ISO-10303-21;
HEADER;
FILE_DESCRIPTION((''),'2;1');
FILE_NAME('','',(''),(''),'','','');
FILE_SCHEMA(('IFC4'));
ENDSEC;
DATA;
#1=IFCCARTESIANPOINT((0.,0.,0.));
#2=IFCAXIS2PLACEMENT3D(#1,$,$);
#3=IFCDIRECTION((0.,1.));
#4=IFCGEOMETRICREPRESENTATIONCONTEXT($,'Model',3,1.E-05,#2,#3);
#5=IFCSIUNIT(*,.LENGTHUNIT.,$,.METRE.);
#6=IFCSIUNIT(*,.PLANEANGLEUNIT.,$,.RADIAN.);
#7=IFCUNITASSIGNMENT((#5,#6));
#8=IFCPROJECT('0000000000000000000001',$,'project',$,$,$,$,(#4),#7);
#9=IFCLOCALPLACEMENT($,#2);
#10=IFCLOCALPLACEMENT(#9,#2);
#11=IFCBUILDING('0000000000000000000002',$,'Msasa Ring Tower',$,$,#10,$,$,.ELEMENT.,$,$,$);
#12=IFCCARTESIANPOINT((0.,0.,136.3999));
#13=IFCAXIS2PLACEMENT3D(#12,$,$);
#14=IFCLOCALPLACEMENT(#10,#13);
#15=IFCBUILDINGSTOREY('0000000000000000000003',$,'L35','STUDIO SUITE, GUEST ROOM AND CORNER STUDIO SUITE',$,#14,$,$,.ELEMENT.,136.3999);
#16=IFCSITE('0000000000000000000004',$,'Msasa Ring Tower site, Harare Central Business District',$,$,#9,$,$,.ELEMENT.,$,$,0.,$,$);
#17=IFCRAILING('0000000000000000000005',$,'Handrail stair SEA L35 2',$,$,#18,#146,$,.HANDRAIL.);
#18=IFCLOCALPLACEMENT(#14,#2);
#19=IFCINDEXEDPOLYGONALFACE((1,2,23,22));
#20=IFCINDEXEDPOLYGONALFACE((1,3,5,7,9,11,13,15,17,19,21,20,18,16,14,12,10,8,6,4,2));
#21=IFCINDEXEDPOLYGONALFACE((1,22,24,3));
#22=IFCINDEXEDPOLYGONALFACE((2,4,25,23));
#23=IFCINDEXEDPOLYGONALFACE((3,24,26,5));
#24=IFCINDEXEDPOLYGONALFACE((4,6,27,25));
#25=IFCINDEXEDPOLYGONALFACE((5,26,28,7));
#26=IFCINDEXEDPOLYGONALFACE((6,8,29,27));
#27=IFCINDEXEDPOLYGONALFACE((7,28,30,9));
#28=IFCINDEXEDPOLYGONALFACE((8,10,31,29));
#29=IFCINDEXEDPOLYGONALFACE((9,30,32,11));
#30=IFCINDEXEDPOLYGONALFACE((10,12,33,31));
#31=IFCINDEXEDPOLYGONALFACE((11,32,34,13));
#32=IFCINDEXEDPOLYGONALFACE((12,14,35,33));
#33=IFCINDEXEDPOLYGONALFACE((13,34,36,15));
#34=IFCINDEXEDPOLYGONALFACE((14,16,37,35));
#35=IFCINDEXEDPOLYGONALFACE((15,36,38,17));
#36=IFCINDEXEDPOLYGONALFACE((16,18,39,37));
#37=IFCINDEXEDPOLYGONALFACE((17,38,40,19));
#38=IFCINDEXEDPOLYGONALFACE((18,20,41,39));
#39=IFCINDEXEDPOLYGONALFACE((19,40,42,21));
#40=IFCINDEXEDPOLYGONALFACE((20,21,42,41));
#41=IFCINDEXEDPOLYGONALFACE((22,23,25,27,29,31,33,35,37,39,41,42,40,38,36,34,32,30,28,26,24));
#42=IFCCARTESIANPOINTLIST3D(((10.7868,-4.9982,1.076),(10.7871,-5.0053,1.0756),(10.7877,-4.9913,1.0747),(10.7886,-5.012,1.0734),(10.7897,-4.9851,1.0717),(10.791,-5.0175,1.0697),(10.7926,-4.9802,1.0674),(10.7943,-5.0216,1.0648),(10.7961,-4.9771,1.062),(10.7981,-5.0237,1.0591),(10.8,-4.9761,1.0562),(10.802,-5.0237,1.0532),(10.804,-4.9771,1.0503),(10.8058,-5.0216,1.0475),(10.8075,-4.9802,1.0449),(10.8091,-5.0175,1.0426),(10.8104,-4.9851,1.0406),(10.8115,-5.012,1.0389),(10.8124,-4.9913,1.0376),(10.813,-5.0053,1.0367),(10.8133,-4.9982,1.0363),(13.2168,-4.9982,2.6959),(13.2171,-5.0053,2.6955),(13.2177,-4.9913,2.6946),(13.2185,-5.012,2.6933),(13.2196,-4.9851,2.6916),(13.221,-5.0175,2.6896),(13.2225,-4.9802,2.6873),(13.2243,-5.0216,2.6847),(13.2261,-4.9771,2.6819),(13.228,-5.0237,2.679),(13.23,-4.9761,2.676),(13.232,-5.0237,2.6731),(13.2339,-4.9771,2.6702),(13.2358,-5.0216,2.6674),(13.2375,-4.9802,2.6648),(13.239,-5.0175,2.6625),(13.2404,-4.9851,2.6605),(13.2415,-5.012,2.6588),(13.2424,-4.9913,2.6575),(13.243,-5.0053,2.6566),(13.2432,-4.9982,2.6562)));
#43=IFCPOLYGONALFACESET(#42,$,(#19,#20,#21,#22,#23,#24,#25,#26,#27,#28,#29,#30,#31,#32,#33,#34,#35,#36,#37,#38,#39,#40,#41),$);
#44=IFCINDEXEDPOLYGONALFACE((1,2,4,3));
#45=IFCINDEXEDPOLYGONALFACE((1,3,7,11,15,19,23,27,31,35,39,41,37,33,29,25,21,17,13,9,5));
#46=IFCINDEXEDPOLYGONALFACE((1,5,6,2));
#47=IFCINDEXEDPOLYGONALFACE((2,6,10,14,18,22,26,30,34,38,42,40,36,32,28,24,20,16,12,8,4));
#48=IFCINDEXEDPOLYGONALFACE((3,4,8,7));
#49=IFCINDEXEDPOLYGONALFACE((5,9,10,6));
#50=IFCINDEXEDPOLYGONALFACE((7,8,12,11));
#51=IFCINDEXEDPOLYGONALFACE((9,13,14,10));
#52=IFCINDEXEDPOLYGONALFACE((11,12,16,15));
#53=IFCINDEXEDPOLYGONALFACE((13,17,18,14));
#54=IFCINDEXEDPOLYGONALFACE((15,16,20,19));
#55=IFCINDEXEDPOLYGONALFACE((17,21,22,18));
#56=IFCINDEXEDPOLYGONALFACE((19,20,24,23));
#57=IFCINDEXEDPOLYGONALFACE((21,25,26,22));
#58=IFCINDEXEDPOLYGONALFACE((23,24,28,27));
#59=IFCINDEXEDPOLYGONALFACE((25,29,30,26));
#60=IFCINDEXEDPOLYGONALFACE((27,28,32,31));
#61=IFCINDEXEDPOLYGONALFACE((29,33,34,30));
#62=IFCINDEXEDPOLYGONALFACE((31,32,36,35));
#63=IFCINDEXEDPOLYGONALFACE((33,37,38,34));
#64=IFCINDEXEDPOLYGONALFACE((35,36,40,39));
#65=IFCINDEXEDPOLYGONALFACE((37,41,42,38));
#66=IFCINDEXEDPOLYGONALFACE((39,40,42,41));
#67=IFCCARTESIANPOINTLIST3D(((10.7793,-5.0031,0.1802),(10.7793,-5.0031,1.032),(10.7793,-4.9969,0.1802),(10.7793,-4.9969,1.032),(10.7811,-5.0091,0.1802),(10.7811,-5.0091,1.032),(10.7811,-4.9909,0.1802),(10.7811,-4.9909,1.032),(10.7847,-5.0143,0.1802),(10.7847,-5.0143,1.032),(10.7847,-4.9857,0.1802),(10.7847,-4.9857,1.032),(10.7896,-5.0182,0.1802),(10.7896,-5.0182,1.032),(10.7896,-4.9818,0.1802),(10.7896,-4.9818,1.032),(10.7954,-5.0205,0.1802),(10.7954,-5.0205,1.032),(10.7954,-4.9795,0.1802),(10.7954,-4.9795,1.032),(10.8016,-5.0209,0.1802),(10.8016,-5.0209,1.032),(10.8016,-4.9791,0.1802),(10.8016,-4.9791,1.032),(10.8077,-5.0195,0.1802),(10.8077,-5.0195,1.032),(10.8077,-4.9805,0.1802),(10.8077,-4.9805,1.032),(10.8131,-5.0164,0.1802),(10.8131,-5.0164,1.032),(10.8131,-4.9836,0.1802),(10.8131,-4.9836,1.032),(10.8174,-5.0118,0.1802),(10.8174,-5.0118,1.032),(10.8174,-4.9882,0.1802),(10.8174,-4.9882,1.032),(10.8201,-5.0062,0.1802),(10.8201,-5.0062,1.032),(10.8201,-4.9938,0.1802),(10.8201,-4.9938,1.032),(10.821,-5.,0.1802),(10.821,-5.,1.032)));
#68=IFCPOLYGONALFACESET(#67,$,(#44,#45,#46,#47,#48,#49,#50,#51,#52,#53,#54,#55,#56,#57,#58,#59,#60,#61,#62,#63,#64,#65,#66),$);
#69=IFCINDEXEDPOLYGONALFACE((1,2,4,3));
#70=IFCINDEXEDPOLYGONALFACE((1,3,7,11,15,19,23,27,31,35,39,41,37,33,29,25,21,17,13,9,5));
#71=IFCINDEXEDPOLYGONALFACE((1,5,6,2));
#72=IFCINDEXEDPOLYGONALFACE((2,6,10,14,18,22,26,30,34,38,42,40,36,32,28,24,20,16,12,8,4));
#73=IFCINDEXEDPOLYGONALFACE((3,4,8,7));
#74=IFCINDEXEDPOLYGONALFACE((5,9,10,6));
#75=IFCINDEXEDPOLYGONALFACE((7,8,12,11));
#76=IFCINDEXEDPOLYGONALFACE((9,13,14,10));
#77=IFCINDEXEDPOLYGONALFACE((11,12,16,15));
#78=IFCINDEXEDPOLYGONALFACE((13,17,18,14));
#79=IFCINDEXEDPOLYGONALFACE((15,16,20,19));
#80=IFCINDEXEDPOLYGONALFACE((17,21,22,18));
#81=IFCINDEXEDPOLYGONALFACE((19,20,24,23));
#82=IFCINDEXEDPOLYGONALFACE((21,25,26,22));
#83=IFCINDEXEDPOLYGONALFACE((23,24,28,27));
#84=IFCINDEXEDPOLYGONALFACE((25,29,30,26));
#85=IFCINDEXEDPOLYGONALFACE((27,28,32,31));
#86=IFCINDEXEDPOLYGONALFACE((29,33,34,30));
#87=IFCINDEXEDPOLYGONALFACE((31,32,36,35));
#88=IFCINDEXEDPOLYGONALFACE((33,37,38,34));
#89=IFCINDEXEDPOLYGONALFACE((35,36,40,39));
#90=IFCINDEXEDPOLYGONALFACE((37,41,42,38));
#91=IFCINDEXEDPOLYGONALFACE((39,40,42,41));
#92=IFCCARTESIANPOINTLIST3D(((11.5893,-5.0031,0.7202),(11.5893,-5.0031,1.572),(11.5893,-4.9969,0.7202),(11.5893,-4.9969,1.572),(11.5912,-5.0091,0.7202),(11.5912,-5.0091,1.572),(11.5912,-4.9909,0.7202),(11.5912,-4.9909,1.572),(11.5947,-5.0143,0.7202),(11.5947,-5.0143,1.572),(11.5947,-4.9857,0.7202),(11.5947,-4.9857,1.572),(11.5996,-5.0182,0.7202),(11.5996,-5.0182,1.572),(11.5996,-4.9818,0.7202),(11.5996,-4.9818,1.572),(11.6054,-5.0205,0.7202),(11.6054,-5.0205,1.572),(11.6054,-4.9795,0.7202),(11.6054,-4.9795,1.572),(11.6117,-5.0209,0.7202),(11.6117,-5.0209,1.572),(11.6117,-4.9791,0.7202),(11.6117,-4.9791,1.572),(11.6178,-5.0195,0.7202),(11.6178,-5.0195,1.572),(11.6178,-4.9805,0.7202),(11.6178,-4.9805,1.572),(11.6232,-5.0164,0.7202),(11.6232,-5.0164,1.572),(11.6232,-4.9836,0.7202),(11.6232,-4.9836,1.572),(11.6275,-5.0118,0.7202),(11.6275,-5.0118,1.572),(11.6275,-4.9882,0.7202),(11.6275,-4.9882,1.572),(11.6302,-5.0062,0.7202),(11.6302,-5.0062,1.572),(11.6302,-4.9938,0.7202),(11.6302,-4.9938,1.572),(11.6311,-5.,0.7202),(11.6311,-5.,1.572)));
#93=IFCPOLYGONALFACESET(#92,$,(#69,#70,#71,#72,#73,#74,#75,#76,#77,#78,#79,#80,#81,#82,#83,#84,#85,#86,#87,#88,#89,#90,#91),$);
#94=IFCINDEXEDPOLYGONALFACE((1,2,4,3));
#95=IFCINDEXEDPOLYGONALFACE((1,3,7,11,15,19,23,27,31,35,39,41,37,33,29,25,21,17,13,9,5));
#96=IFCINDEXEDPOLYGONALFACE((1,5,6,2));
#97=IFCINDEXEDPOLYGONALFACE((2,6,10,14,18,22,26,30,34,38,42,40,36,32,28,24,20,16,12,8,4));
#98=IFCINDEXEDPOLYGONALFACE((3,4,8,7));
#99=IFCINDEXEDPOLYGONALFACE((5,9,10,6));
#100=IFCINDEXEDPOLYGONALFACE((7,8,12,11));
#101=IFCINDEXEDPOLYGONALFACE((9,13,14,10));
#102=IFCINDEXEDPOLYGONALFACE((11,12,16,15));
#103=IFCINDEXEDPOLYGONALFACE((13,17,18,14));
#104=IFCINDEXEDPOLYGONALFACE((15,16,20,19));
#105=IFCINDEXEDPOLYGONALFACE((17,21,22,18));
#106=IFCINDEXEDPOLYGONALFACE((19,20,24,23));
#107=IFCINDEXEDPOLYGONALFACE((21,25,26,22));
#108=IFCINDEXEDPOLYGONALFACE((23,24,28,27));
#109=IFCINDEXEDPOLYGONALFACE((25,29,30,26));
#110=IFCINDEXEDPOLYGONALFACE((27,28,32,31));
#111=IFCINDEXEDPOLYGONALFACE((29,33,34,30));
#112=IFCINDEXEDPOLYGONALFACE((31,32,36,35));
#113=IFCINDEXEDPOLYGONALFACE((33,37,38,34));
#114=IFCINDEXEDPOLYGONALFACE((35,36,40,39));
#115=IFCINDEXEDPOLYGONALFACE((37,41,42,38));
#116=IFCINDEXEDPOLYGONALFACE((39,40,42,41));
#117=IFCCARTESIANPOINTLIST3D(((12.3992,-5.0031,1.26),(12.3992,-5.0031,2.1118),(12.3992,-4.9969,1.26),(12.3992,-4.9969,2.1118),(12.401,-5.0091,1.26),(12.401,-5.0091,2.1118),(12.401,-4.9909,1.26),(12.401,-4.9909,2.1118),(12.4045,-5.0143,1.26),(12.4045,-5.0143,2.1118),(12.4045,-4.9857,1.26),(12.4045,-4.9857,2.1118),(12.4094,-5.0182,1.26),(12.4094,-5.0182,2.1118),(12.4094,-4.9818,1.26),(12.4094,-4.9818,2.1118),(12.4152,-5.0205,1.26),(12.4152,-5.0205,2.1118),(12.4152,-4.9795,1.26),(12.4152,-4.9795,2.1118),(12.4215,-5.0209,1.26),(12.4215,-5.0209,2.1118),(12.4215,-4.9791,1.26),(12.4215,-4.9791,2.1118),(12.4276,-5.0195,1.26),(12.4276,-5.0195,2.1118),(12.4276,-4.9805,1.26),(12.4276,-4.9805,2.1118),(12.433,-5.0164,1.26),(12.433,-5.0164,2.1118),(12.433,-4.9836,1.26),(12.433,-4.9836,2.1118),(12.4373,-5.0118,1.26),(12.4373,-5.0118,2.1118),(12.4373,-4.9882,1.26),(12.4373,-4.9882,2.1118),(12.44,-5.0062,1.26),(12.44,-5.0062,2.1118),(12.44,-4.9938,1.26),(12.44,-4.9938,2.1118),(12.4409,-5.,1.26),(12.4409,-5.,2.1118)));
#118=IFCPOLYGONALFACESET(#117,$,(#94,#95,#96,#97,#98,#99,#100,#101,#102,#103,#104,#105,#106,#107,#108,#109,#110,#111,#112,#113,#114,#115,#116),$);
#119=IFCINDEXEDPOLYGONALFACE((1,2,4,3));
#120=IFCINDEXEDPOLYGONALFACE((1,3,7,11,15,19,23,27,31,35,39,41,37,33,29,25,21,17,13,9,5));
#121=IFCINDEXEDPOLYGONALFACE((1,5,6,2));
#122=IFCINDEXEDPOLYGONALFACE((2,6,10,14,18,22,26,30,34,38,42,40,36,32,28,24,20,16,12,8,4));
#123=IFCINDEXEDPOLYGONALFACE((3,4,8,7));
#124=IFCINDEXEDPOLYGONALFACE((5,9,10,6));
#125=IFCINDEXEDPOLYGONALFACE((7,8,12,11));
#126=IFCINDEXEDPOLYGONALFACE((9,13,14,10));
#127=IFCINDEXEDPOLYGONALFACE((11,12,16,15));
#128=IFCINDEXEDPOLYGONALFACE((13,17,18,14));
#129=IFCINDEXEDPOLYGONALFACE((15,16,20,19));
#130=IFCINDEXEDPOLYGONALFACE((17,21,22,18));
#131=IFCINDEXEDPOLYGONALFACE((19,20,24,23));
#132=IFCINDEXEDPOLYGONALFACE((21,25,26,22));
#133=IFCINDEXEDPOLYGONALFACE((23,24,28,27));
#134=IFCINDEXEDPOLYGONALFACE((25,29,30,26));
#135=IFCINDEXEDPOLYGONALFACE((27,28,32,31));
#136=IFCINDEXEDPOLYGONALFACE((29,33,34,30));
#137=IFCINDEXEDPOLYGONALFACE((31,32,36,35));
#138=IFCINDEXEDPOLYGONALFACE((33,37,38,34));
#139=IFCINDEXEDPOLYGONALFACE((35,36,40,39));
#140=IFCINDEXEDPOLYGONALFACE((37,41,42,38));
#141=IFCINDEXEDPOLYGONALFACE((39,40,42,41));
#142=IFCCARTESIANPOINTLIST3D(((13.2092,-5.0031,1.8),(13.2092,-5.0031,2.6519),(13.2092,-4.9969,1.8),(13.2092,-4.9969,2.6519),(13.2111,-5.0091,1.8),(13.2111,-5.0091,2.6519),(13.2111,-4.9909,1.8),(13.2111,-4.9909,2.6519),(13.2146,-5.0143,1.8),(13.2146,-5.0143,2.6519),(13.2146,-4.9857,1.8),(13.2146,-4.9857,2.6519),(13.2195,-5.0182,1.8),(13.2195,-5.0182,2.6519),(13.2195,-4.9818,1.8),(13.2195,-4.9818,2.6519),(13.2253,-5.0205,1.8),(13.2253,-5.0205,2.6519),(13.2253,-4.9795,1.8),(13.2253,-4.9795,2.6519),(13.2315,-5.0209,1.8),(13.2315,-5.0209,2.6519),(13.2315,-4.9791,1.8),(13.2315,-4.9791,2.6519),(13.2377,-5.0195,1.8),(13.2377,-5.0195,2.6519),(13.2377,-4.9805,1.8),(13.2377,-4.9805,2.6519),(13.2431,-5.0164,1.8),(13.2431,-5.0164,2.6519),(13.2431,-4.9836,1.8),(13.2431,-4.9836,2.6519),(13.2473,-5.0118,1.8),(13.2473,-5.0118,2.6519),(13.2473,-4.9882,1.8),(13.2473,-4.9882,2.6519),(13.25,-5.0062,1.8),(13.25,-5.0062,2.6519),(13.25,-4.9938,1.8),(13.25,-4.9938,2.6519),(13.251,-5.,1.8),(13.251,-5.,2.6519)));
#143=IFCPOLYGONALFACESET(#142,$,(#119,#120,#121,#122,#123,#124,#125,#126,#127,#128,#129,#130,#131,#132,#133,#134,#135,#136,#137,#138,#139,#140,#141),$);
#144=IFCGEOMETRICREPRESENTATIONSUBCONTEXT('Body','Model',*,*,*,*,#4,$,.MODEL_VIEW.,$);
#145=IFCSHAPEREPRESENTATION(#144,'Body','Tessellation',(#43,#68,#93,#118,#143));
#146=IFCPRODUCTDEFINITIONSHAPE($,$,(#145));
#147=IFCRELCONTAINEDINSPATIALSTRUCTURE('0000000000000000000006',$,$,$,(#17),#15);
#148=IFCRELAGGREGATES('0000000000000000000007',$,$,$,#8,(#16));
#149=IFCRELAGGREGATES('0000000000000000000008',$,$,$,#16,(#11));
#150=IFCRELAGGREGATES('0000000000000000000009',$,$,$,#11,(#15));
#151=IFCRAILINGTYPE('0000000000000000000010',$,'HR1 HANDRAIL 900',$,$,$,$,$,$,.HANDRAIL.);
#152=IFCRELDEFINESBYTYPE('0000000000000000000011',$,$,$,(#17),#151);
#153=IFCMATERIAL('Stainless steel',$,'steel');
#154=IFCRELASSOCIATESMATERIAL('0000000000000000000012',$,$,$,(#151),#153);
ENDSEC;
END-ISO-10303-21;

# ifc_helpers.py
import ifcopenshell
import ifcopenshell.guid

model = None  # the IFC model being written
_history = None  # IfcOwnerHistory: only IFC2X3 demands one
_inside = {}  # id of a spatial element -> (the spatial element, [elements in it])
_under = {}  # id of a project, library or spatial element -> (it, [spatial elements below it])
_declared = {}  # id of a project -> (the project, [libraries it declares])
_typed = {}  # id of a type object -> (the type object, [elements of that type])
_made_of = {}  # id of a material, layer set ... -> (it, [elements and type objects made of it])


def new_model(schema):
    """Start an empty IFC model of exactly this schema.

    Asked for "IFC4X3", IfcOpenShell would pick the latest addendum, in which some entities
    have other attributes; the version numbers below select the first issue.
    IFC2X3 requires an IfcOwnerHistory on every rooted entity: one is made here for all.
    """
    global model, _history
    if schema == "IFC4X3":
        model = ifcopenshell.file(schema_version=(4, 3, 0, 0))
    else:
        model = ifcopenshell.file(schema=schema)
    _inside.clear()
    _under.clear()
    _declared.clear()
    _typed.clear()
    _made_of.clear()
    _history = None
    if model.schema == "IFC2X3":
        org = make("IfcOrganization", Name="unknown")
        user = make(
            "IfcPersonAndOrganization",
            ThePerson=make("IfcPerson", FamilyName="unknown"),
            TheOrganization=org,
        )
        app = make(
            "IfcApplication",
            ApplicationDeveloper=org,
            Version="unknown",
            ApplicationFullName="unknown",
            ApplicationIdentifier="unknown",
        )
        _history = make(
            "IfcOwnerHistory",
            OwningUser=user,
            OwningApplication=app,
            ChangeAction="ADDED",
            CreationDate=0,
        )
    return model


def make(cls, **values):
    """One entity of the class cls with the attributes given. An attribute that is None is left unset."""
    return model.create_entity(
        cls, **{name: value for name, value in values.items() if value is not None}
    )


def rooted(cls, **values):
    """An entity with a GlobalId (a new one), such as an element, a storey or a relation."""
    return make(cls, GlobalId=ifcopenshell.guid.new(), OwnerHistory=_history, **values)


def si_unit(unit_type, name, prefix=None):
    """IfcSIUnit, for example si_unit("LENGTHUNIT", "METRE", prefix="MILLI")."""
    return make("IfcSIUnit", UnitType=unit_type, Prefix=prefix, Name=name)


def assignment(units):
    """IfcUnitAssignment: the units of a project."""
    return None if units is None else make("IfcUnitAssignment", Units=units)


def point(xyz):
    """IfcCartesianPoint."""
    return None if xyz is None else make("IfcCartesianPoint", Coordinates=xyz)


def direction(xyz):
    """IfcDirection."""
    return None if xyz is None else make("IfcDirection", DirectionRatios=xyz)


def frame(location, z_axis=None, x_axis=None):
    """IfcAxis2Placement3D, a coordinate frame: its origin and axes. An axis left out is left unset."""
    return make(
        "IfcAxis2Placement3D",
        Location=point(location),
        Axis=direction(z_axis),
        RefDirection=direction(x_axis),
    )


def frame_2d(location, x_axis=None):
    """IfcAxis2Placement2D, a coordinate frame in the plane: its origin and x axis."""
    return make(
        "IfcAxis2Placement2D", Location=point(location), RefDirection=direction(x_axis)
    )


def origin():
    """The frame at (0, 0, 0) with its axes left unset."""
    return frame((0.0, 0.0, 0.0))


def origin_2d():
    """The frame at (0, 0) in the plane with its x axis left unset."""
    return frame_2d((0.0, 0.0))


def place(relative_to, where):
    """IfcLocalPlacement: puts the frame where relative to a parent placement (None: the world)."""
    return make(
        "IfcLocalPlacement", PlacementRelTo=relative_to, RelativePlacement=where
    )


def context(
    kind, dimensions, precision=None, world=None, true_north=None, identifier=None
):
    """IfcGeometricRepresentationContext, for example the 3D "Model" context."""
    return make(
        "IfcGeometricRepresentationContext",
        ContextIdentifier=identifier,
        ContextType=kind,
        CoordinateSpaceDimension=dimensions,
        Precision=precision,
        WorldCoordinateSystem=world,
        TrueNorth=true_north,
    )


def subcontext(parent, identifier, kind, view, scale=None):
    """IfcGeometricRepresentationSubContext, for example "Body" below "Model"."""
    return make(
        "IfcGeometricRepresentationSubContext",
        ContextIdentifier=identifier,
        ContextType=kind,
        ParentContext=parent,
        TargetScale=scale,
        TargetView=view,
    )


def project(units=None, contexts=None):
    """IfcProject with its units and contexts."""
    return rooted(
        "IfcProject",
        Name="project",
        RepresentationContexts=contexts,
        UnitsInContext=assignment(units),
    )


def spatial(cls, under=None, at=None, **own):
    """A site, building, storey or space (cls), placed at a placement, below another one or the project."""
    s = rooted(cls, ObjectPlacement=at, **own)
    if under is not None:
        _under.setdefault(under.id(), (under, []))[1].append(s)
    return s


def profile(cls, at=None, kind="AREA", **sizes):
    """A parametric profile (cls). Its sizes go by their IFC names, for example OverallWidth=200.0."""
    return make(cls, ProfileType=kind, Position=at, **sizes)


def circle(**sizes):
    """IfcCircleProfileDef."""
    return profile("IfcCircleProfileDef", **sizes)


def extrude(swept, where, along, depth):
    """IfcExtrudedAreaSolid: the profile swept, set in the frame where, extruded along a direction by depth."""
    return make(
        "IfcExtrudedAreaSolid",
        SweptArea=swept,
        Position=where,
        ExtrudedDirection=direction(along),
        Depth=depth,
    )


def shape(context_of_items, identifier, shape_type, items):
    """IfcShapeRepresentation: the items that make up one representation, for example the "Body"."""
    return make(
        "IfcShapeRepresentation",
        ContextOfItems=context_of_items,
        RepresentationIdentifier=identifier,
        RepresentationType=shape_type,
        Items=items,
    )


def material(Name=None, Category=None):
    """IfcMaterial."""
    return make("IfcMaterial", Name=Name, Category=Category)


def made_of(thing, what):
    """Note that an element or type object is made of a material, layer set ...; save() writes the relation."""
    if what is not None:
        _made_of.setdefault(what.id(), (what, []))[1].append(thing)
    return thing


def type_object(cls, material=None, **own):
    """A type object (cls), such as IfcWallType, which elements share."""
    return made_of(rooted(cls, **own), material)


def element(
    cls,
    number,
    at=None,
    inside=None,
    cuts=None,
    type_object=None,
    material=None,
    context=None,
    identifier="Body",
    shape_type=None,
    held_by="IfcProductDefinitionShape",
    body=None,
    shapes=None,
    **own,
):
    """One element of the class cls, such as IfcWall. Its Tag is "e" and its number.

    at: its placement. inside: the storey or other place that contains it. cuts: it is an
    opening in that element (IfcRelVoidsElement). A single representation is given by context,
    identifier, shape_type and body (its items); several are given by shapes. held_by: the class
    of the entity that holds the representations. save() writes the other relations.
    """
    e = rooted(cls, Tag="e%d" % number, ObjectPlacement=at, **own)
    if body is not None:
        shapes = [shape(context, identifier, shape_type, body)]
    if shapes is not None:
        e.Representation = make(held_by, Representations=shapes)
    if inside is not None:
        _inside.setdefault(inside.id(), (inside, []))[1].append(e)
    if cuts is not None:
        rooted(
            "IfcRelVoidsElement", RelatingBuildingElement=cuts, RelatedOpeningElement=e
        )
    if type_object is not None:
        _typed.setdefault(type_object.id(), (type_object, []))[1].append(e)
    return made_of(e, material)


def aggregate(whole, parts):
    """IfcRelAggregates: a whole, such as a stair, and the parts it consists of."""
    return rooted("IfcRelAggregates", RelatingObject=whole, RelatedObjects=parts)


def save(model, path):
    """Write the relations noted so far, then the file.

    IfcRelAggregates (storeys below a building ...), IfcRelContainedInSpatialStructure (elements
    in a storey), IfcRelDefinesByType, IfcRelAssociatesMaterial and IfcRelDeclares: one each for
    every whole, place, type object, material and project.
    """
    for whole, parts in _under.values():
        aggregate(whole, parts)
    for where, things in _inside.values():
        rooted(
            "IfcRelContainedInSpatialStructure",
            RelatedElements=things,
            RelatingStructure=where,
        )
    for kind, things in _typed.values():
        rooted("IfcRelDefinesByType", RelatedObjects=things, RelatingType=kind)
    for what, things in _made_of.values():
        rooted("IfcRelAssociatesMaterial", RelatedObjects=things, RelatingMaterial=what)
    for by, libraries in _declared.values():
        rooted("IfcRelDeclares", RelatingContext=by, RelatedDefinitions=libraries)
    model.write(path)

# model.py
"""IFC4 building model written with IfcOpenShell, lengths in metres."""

from ifc_helpers import new_model, si_unit, direction, frame, origin, origin_2d, place, context, subcontext, project, spatial, circle, extrude, material, type_object, element, save


model = new_model("IFC4")

# Units and contexts
model_context = context("Model", 3, precision=1e-05, world=origin(), true_north=direction((0.0, 1.0)))
body_context = subcontext(model_context, "Body", "Model", "MODEL_VIEW")
ifc_project = project(units=[si_unit("LENGTHUNIT", "METRE"), si_unit("PLANEANGLEUNIT", "RADIAN")], contexts=[model_context])

# Site, building, storey
site_placement = place(None, origin())
site = spatial("IfcSite", under=ifc_project, at=site_placement, Name="Msasa Ring Tower site, Harare Central Business District", CompositionType="ELEMENT", RefElevation=0.0)
building_placement = place(site_placement, origin())
building = spatial("IfcBuilding", under=site, at=building_placement, Name="Msasa Ring Tower", CompositionType="ELEMENT")
storey_placement = place(building_placement, frame((0.0, 0.0, 136.3999)))
storey = spatial("IfcBuildingStorey", under=building, at=storey_placement, Name="L35", Description="STUDIO SUITE, GUEST ROOM AND CORNER STUDIO SUITE", CompositionType="ELEMENT", Elevation=136.3999)

# Railing
ifc_material_1 = material(Name="Stainless steel", Category="steel")
railing_type = type_object("IfcRailingType", Name="HR1 HANDRAIL 900", PredefinedType="HANDRAIL", material=ifc_material_1)
for number, where, name in (
    (1, (10.8, -5.0, 0.1802), "Handrail stair SEA L35 2"),
):
    element("IfcRailing", number, at=place(storey_placement, frame(where)), inside=storey, type_object=railing_type, Name=name, PredefinedType="HANDRAIL", context=body_context, shape_type="SweptSolid", body=[
        extrude(circle(Radius=0.0239, at=origin_2d()), frame((0.0, 0.0, 0.876), z_axis=(0.832063, 0.0, 0.554681), x_axis=(0.0, 1.0, 0.0)), (0.0, 0.0, 1.0), 2.9204),
        extrude(circle(Radius=0.021, at=origin_2d()), origin(), (0.0, 0.0, 1.0), 0.8518),
        extrude(circle(Radius=0.021, at=origin_2d()), frame((0.8101, 0.0, 0.54)), (0.0, 0.0, 1.0), 0.8518),
        extrude(circle(Radius=0.021, at=origin_2d()), frame((1.6199, 0.0, 1.0798)), (0.0, 0.0, 1.0), 0.8518),
        extrude(circle(Radius=0.021, at=origin_2d()), frame((2.4299, 0.0, 1.6199)), (0.0, 0.0, 1.0), 0.8518),
    ])

save(model, "model.ifc")
